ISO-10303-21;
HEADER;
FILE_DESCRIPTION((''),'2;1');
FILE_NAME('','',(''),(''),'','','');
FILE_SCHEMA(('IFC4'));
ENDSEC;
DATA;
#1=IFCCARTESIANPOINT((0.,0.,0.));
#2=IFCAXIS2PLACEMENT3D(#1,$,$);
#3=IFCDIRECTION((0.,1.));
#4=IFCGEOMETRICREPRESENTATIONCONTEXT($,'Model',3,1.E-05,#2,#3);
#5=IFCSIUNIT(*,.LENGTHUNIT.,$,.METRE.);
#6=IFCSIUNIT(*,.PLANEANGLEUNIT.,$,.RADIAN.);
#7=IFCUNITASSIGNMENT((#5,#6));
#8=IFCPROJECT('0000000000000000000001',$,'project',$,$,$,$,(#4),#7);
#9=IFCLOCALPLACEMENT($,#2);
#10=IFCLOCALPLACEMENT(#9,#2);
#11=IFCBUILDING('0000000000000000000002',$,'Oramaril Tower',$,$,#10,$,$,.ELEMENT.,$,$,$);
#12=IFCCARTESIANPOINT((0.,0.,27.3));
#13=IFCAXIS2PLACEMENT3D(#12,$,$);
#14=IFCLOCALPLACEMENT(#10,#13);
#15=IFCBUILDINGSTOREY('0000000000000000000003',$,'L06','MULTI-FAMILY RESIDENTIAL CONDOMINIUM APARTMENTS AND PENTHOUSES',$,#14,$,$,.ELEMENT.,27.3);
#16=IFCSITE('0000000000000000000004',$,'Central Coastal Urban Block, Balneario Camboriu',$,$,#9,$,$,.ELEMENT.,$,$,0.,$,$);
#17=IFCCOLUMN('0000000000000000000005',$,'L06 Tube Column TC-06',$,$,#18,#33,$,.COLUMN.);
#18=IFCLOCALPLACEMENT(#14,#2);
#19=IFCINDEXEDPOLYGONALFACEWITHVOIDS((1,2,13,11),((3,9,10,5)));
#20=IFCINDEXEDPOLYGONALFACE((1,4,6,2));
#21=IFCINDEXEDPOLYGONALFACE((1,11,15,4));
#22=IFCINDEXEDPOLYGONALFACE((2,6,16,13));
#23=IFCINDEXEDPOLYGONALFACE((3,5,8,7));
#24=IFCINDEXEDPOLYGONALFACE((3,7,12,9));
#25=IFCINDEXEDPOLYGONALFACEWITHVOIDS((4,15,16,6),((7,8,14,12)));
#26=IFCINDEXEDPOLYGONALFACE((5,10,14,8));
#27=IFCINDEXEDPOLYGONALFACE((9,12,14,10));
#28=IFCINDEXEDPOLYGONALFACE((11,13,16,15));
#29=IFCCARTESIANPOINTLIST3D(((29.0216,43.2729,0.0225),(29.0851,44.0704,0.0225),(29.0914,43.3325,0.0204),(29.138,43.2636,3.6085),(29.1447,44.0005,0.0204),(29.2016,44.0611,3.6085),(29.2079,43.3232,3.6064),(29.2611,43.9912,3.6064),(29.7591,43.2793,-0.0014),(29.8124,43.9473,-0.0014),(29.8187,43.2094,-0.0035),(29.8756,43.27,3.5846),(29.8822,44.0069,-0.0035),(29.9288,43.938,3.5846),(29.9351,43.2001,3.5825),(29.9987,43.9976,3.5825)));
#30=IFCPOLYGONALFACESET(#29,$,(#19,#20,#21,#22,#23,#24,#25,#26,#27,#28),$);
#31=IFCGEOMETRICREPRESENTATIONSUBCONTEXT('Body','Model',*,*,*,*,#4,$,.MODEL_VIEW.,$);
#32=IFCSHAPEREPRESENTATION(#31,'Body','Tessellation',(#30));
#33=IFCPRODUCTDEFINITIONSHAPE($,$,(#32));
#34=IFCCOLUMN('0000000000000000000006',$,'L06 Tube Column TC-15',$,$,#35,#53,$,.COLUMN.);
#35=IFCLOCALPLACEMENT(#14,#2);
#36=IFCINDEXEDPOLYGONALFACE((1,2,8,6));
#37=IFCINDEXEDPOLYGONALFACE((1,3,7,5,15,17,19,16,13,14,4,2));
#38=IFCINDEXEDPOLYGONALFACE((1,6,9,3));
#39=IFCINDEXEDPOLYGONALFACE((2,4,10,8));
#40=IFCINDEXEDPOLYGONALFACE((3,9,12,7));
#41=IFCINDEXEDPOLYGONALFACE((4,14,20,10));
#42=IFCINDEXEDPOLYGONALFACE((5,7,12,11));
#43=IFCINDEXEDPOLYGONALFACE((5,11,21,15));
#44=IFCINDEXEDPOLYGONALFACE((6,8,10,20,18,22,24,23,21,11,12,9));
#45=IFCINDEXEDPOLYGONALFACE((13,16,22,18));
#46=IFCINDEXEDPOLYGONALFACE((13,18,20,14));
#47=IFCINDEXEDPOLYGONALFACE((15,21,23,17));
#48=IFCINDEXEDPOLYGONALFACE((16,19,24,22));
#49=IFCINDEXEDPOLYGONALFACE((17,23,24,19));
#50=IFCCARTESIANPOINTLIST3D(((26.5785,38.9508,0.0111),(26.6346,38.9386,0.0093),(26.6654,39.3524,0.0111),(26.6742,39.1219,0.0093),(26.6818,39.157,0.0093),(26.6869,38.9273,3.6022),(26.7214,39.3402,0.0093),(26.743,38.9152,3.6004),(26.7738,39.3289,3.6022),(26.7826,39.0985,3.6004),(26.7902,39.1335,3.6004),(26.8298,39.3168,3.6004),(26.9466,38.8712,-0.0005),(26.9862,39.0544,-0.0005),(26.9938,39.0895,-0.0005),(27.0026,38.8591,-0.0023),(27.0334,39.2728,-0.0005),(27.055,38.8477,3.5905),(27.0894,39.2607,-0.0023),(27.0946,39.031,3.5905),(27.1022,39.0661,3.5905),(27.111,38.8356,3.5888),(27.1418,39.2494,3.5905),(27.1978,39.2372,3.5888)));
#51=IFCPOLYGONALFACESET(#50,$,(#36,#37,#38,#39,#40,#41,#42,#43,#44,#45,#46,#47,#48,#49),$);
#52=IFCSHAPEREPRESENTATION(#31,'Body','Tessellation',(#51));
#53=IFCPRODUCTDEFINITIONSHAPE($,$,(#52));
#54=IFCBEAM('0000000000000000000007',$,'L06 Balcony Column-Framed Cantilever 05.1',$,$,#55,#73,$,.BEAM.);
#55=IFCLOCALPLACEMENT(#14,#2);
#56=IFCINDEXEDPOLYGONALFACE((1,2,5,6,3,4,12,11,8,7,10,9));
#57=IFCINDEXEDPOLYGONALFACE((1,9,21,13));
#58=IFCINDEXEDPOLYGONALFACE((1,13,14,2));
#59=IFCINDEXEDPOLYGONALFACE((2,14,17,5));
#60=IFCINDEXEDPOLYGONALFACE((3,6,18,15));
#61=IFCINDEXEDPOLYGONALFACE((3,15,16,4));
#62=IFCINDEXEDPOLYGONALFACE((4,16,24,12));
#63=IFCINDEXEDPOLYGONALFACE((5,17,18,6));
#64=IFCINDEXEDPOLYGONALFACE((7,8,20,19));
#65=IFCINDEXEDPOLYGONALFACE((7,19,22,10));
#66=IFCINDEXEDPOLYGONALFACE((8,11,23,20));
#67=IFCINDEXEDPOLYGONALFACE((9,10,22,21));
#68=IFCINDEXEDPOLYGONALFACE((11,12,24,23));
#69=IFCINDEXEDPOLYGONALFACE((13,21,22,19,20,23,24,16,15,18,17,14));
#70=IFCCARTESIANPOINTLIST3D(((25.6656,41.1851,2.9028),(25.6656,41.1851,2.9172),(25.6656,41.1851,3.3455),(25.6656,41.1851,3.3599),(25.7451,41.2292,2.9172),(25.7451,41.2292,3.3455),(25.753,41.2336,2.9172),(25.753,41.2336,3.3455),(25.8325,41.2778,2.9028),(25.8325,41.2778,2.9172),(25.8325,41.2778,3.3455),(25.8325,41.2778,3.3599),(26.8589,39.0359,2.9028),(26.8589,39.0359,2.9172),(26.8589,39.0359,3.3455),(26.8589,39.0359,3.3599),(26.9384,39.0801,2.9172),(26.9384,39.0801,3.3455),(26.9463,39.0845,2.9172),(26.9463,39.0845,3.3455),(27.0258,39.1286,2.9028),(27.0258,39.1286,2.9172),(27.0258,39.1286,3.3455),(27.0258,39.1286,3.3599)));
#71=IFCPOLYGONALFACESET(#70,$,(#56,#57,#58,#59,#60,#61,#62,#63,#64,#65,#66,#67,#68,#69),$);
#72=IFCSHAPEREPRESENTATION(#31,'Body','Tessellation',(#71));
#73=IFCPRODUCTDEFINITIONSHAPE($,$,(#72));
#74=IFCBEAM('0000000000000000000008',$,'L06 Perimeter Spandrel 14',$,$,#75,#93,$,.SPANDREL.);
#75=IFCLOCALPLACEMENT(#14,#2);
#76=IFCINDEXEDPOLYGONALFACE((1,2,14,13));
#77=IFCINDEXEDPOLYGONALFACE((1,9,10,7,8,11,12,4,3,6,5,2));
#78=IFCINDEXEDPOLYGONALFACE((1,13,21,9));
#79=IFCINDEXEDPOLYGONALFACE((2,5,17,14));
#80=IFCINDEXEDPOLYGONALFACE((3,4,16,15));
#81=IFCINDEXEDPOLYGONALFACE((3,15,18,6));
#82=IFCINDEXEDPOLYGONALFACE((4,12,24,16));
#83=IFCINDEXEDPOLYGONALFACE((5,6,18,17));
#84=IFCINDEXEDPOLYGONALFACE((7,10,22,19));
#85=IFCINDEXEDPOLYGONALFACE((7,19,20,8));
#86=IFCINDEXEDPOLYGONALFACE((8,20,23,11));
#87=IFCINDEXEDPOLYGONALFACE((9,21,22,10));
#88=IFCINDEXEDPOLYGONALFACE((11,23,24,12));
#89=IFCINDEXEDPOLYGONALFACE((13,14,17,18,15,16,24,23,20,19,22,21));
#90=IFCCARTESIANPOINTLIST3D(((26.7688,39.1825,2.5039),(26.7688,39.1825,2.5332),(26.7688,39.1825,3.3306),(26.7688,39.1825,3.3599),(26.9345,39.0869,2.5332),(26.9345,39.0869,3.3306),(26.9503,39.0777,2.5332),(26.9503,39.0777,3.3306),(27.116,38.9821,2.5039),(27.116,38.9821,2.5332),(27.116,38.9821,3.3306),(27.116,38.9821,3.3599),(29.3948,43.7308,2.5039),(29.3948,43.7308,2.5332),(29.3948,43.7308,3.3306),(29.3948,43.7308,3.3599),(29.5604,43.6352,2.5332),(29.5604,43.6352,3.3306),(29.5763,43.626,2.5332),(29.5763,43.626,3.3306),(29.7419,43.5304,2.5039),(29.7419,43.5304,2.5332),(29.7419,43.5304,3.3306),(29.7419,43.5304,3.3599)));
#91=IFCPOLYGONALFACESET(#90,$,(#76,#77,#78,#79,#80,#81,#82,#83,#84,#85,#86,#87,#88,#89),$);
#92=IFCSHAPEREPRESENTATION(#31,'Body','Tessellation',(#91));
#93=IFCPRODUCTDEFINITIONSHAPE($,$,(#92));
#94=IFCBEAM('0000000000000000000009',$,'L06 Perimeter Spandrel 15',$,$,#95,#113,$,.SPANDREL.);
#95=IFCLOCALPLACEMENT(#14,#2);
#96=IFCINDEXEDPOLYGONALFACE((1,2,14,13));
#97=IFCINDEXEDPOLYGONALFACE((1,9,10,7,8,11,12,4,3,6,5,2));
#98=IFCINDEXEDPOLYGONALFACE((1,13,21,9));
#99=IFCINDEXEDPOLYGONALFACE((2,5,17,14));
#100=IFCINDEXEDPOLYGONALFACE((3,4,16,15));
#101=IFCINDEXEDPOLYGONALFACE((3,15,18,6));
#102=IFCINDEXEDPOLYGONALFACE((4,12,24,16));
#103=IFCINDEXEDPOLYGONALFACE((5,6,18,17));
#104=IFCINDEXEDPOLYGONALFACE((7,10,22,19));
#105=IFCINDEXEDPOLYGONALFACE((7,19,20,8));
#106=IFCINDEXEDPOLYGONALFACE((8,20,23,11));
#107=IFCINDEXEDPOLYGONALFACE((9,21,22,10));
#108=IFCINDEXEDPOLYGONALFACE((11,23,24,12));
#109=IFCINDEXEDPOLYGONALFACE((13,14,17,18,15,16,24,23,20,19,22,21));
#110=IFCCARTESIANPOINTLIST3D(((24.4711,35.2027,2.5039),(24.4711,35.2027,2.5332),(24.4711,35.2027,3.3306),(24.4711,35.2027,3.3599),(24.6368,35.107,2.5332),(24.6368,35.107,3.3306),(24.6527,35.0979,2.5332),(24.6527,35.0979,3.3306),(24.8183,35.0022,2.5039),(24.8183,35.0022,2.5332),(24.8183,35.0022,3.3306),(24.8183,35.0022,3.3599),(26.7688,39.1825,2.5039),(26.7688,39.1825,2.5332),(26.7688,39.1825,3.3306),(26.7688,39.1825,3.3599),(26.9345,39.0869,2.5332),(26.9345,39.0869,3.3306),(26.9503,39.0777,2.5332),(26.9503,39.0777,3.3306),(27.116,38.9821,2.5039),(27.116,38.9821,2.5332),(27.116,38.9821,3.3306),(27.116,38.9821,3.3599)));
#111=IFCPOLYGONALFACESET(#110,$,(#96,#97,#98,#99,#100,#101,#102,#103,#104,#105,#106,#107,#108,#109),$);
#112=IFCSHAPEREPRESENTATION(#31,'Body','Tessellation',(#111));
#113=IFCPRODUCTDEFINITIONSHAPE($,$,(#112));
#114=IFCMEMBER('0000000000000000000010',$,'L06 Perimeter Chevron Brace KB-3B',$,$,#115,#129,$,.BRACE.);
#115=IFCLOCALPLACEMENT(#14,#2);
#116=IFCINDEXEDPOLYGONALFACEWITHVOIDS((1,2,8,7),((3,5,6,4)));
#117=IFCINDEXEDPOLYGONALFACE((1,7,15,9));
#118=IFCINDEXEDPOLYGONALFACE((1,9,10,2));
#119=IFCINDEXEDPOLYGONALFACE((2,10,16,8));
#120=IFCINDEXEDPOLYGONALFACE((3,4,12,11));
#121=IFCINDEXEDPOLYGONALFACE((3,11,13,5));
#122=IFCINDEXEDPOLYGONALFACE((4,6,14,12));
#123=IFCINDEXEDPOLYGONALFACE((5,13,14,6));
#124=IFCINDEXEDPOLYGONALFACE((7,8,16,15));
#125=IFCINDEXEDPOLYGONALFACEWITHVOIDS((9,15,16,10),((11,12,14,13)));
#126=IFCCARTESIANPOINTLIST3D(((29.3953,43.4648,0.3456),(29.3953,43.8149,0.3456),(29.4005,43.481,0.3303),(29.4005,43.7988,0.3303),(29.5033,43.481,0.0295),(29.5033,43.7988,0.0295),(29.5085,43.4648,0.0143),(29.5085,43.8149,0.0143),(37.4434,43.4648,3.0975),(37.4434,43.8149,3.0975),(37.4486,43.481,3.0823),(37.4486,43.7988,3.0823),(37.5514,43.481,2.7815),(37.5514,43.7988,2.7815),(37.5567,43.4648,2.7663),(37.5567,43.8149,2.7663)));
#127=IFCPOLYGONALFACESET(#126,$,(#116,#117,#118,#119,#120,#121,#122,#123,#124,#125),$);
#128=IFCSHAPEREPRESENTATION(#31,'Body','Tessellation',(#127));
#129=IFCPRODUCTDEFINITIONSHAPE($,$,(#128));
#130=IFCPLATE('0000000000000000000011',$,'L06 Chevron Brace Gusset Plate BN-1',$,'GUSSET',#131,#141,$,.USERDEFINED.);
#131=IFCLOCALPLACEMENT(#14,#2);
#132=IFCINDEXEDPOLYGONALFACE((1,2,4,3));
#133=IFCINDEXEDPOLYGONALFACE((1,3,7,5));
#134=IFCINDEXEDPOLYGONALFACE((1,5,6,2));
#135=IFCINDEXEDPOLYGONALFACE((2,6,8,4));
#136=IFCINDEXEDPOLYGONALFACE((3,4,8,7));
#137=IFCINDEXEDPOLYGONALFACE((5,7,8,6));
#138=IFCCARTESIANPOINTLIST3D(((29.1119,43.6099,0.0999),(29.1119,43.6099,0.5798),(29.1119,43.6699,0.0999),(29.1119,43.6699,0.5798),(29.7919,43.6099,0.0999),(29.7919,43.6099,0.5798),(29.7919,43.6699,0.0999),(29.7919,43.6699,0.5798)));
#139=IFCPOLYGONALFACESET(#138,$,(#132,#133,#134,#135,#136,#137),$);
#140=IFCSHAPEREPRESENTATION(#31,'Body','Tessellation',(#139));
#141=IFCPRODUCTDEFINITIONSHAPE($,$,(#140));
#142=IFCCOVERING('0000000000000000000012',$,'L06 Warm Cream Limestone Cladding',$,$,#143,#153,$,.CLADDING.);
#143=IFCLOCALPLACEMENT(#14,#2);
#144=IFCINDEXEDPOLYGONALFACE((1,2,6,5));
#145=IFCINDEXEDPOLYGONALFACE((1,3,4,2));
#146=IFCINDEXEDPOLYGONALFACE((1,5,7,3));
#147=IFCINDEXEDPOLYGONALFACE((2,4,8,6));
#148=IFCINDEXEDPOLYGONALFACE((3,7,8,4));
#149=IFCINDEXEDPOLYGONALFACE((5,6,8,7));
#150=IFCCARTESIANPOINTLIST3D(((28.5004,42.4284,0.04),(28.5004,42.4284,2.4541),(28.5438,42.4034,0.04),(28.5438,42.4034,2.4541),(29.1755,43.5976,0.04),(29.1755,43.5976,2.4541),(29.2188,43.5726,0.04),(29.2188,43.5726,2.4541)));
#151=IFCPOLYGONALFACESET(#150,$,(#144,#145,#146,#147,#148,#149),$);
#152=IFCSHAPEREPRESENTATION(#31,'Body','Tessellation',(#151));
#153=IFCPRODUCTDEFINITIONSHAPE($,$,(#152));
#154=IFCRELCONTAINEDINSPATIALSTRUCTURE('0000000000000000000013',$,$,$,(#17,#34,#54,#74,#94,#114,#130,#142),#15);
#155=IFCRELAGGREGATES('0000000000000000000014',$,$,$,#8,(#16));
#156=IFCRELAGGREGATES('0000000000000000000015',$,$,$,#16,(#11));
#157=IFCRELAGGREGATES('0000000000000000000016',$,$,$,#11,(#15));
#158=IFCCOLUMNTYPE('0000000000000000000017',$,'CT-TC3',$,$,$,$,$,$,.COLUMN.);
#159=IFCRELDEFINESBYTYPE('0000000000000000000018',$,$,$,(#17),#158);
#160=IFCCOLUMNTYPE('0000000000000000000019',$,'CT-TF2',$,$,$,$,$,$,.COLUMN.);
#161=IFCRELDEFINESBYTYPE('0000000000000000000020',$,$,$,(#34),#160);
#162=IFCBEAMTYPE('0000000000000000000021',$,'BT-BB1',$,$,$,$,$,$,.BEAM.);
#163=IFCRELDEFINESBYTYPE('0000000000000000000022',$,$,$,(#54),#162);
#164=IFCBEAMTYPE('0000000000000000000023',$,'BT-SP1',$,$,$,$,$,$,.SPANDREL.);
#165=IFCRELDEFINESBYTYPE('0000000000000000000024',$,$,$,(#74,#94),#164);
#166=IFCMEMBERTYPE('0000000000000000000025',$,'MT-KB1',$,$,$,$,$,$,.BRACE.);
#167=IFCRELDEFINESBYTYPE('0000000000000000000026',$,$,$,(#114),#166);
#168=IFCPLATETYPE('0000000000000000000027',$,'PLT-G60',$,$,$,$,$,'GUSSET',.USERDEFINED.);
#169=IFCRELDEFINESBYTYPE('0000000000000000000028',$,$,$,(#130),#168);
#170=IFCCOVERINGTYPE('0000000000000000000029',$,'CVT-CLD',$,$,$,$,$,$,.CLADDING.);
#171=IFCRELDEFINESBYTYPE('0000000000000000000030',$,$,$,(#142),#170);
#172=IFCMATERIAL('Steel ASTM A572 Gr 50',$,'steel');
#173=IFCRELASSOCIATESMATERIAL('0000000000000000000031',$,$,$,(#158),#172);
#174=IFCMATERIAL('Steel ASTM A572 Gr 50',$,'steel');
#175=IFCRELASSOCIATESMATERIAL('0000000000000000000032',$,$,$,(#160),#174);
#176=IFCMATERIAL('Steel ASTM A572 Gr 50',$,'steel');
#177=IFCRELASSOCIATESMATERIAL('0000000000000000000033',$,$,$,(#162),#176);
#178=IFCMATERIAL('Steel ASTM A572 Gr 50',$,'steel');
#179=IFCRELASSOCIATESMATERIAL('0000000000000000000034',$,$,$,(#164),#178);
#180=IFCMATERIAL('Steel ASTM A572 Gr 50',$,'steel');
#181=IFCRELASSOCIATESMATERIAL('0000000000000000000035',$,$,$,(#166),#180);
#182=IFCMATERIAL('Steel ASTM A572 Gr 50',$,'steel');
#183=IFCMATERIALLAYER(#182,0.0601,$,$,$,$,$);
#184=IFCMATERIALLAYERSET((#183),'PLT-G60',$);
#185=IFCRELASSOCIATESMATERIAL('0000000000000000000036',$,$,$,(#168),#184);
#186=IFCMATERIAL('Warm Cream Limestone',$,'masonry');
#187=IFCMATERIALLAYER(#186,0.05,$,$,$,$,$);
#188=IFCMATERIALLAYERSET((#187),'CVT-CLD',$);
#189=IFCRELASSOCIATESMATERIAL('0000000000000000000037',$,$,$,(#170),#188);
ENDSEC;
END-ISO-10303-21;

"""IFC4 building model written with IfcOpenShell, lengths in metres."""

from ifc_helpers import new_model, si_unit, direction, frame, origin, origin_2d, place, context, subcontext, project, spatial, rectangle, hollow_rectangle, i_section, extrude, material, layer, layer_set, material_profile, profile_set, type_object, element, save


model = new_model("IFC4")

# Units and contexts
model_context = context("Model", 3, precision=1e-05, world=origin(), true_north=direction((0.0, 1.0)))
body_context = subcontext(model_context, "Body", "Model", "MODEL_VIEW")
ifc_project = project(units=[si_unit("LENGTHUNIT", "METRE"), si_unit("PLANEANGLEUNIT", "RADIAN")], contexts=[model_context])

# Site, building, storey
site_placement = place(None, origin())
site = spatial("IfcSite", under=ifc_project, at=site_placement, Name="Central Coastal Urban Block, Balneario Camboriu", CompositionType="ELEMENT", RefElevation=0.0)
building_placement = place(site_placement, origin())
building = spatial("IfcBuilding", under=site, at=building_placement, Name="Oramaril Tower", CompositionType="ELEMENT")
storey_placement = place(building_placement, frame((0.0, 0.0, 27.3)))
storey = spatial("IfcBuildingStorey", under=building, at=storey_placement, Name="L06", Description="MULTI-FAMILY RESIDENTIAL CONDOMINIUM APARTMENTS AND PENTHOUSES", CompositionType="ELEMENT", Elevation=27.3)

# Columns
ifc_material_1 = material(Name="Steel ASTM A572 Gr 50", Category="steel")
ifc_material_profile_1 = material_profile(ifc_material_1, hollow_rectangle(XDim=0.8, YDim=0.8, WallThickness=0.0649, at=origin_2d()), Name="BOX800X800X65")
ifc_profile_set_1 = profile_set([ifc_material_profile_1], Name="Steel ASTM A572 Gr 50")
column_type_1 = type_object("IfcColumnType", Name="CT-TC3", PredefinedType="COLUMN", material=ifc_profile_set_1)
column_1_placement = place(storey_placement, frame((29.4519, 43.6399, 0.0095), z_axis=(0.032458, -0.002586, 0.99947), x_axis=(0.079413, 0.996842, 0.0)))
element("IfcColumn", 1, at=column_1_placement, inside=storey, type_object=column_type_1, Name="L06 Tube Column TC-06", PredefinedType="COLUMN", context=body_context, shape_type="SweptSolid", body=[
    extrude(hollow_rectangle(XDim=0.8, YDim=0.8, WallThickness=0.0649, at=origin_2d()), origin(), (0.0, 0.0, 1.0), 3.5879),
])
ifc_material_2 = material(Name="Steel ASTM A572 Gr 50", Category="steel")
ifc_material_profile_2 = material_profile(ifc_material_2, i_section(OverallWidth=0.4109, OverallDepth=0.4341, WebThickness=0.0359, FlangeThickness=0.0574, at=origin_2d()), Name="W14X311")
ifc_profile_set_2 = profile_set([ifc_material_profile_2], Name="Steel ASTM A572 Gr 50")
column_type_2 = type_object("IfcColumnType", Name="CT-TF2", PredefinedType="COLUMN", material=ifc_profile_set_2)
column_2_placement = place(storey_placement, frame((26.834, 39.1057, 0.0044), z_axis=(0.030171, -0.006524, 0.999523), x_axis=(0.211333, 0.977414, 0.0)))
element("IfcColumn", 2, at=column_2_placement, inside=storey, type_object=column_type_2, Name="L06 Tube Column TC-15", PredefinedType="COLUMN", context=body_context, shape_type="SweptSolid", body=[
    extrude(i_section(OverallWidth=0.4109, OverallDepth=0.4341, WebThickness=0.0359, FlangeThickness=0.0574, at=origin_2d()), origin(), (0.0, 0.0, 1.0), 3.5928),
])

# Beams
ifc_material_3 = material(Name="Steel ASTM A572 Gr 50", Category="steel")
ifc_material_profile_3 = material_profile(ifc_material_3, i_section(OverallWidth=0.1909, OverallDepth=0.457, WebThickness=0.009, FlangeThickness=0.0144, at=origin_2d()), Name="W18X50")
ifc_profile_set_3 = profile_set([ifc_material_profile_3], Name="Steel ASTM A572 Gr 50")
beam_type_1 = type_object("IfcBeamType", Name="BT-BB1", PredefinedType="BEAM", material=ifc_profile_set_3)
beam_1_placement = place(storey_placement, frame((26.9424, 39.0823, 3.1313), z_axis=(-0.485449, 0.874265, 0.0), x_axis=(-0.874265, -0.485449, 0.0)))
element("IfcBeam", 3, at=beam_1_placement, inside=storey, type_object=beam_type_1, Name="L06 Balcony Column-Framed Cantilever 05.1", PredefinedType="BEAM", context=body_context, shape_type="SweptSolid", body=[
    extrude(i_section(OverallWidth=0.1909, OverallDepth=0.457, WebThickness=0.009, FlangeThickness=0.0144, at=origin_2d()), origin(), (0.0, 0.0, 1.0), 2.4583),
])
ifc_material_4 = material(Name="Steel ASTM A572 Gr 50", Category="steel")
ifc_material_profile_4 = material_profile(ifc_material_4, i_section(OverallWidth=0.4009, OverallDepth=0.856, WebThickness=0.0183, FlangeThickness=0.0293, at=origin_2d()), Name="W33X201")
ifc_profile_set_4 = profile_set([ifc_material_profile_4], Name="Steel ASTM A572 Gr 50")
beam_type_2 = type_object("IfcBeamType", Name="BT-SP1", PredefinedType="SPANDREL", material=ifc_profile_set_4)
beam_2_placement = place(storey_placement, frame((29.5684, 43.6306, 2.9319), z_axis=(-0.499999, -0.866026, 0.0), x_axis=(0.866026, -0.499999, 0.0)))
element("IfcBeam", 4, at=beam_2_placement, inside=storey, type_object=beam_type_2, Name="L06 Perimeter Spandrel 14", PredefinedType="SPANDREL", context=body_context, shape_type="SweptSolid", body=[
    extrude(i_section(OverallWidth=0.4009, OverallDepth=0.856, WebThickness=0.0183, FlangeThickness=0.0293, at=origin_2d()), origin(), (0.0, 0.0, 1.0), 5.252),
])
beam_3_placement = place(storey_placement, frame((26.9424, 39.0823, 2.9319), z_axis=(-0.499985, -0.866034, 0.0), x_axis=(0.866034, -0.499985, 0.0)))
element("IfcBeam", 5, at=beam_3_placement, inside=storey, type_object=beam_type_2, Name="L06 Perimeter Spandrel 15", PredefinedType="SPANDREL", context=body_context, shape_type="SweptSolid", body=[
    extrude(i_section(OverallWidth=0.4009, OverallDepth=0.856, WebThickness=0.0183, FlangeThickness=0.0293, at=origin_2d()), origin(), (0.0, 0.0, 1.0), 4.5955),
])

# Member
ifc_material_5 = material(Name="Steel ASTM A572 Gr 50", Category="steel")
ifc_material_profile_5 = material_profile(ifc_material_5, hollow_rectangle(XDim=0.3501, YDim=0.3501, WallThickness=0.0161, at=origin_2d()), Name="HSS350X350X16")
ifc_profile_set_5 = profile_set([ifc_material_profile_5], Name="Steel ASTM A572 Gr 50")
member_type = type_object("IfcMemberType", Name="MT-KB1", PredefinedType="BRACE", material=ifc_profile_set_5)
member_placement = place(storey_placement, frame((29.4519, 43.6399, 0.1799), z_axis=(0.946212, 0.0, 0.323546), x_axis=(0.0, 1.0, 0.0)))
element("IfcMember", 6, at=member_placement, inside=storey, type_object=member_type, Name="L06 Perimeter Chevron Brace KB-3B", PredefinedType="BRACE", context=body_context, shape_type="SweptSolid", body=[
    extrude(hollow_rectangle(XDim=0.3501, YDim=0.3501, WallThickness=0.0161, at=origin_2d()), origin(), (0.0, 0.0, 1.0), 8.5056),
])

# Plate
ifc_material_6 = material(Name="Steel ASTM A572 Gr 50", Category="steel")
ifc_layer_1 = layer(ifc_material_6, 0.0601)
ifc_layer_set_1 = layer_set([ifc_layer_1], Name="PLT-G60")
plate_type = type_object("IfcPlateType", Name="PLT-G60", ElementType="GUSSET", PredefinedType="USERDEFINED", material=ifc_layer_set_1)
plate_placement = place(storey_placement, frame((29.4519, 43.6399, 0.0999), z_axis=(0.0, 0.0, 1.0), x_axis=(-1.0, 0.0, 0.0)))
element("IfcPlate", 7, at=plate_placement, inside=storey, type_object=plate_type, Name="L06 Chevron Brace Gusset Plate BN-1", ObjectType="GUSSET", PredefinedType="USERDEFINED", context=body_context, shape_type="SweptSolid", body=[
    extrude(rectangle(XDim=0.6799, YDim=0.0601, at=origin_2d()), origin(), (0.0, 0.0, 1.0), 0.48),
])

# Covering
ifc_material_7 = material(Name="Warm Cream Limestone", Category="masonry")
ifc_layer_2 = layer(ifc_material_7, 0.05)
ifc_layer_set_2 = layer_set([ifc_layer_2], Name="CVT-CLD")
covering_type = type_object("IfcCoveringType", Name="CVT-CLD", PredefinedType="CLADDING", material=ifc_layer_set_2)
covering_placement = place(storey_placement, frame((28.8596, 43.0005, 0.04), z_axis=(0.0, 0.0, 1.0), x_axis=(-0.5, -0.866025, 0.0)))
element("IfcCovering", 8, at=covering_placement, inside=storey, type_object=covering_type, Name="L06 Warm Cream Limestone Cladding", PredefinedType="CLADDING", context=body_context, shape_type="SweptSolid", body=[
    extrude(rectangle(XDim=1.3501, YDim=0.05, at=origin_2d()), origin(), (0.0, 0.0, 1.0), 2.4141),
])

save(model, "model.ifc")
